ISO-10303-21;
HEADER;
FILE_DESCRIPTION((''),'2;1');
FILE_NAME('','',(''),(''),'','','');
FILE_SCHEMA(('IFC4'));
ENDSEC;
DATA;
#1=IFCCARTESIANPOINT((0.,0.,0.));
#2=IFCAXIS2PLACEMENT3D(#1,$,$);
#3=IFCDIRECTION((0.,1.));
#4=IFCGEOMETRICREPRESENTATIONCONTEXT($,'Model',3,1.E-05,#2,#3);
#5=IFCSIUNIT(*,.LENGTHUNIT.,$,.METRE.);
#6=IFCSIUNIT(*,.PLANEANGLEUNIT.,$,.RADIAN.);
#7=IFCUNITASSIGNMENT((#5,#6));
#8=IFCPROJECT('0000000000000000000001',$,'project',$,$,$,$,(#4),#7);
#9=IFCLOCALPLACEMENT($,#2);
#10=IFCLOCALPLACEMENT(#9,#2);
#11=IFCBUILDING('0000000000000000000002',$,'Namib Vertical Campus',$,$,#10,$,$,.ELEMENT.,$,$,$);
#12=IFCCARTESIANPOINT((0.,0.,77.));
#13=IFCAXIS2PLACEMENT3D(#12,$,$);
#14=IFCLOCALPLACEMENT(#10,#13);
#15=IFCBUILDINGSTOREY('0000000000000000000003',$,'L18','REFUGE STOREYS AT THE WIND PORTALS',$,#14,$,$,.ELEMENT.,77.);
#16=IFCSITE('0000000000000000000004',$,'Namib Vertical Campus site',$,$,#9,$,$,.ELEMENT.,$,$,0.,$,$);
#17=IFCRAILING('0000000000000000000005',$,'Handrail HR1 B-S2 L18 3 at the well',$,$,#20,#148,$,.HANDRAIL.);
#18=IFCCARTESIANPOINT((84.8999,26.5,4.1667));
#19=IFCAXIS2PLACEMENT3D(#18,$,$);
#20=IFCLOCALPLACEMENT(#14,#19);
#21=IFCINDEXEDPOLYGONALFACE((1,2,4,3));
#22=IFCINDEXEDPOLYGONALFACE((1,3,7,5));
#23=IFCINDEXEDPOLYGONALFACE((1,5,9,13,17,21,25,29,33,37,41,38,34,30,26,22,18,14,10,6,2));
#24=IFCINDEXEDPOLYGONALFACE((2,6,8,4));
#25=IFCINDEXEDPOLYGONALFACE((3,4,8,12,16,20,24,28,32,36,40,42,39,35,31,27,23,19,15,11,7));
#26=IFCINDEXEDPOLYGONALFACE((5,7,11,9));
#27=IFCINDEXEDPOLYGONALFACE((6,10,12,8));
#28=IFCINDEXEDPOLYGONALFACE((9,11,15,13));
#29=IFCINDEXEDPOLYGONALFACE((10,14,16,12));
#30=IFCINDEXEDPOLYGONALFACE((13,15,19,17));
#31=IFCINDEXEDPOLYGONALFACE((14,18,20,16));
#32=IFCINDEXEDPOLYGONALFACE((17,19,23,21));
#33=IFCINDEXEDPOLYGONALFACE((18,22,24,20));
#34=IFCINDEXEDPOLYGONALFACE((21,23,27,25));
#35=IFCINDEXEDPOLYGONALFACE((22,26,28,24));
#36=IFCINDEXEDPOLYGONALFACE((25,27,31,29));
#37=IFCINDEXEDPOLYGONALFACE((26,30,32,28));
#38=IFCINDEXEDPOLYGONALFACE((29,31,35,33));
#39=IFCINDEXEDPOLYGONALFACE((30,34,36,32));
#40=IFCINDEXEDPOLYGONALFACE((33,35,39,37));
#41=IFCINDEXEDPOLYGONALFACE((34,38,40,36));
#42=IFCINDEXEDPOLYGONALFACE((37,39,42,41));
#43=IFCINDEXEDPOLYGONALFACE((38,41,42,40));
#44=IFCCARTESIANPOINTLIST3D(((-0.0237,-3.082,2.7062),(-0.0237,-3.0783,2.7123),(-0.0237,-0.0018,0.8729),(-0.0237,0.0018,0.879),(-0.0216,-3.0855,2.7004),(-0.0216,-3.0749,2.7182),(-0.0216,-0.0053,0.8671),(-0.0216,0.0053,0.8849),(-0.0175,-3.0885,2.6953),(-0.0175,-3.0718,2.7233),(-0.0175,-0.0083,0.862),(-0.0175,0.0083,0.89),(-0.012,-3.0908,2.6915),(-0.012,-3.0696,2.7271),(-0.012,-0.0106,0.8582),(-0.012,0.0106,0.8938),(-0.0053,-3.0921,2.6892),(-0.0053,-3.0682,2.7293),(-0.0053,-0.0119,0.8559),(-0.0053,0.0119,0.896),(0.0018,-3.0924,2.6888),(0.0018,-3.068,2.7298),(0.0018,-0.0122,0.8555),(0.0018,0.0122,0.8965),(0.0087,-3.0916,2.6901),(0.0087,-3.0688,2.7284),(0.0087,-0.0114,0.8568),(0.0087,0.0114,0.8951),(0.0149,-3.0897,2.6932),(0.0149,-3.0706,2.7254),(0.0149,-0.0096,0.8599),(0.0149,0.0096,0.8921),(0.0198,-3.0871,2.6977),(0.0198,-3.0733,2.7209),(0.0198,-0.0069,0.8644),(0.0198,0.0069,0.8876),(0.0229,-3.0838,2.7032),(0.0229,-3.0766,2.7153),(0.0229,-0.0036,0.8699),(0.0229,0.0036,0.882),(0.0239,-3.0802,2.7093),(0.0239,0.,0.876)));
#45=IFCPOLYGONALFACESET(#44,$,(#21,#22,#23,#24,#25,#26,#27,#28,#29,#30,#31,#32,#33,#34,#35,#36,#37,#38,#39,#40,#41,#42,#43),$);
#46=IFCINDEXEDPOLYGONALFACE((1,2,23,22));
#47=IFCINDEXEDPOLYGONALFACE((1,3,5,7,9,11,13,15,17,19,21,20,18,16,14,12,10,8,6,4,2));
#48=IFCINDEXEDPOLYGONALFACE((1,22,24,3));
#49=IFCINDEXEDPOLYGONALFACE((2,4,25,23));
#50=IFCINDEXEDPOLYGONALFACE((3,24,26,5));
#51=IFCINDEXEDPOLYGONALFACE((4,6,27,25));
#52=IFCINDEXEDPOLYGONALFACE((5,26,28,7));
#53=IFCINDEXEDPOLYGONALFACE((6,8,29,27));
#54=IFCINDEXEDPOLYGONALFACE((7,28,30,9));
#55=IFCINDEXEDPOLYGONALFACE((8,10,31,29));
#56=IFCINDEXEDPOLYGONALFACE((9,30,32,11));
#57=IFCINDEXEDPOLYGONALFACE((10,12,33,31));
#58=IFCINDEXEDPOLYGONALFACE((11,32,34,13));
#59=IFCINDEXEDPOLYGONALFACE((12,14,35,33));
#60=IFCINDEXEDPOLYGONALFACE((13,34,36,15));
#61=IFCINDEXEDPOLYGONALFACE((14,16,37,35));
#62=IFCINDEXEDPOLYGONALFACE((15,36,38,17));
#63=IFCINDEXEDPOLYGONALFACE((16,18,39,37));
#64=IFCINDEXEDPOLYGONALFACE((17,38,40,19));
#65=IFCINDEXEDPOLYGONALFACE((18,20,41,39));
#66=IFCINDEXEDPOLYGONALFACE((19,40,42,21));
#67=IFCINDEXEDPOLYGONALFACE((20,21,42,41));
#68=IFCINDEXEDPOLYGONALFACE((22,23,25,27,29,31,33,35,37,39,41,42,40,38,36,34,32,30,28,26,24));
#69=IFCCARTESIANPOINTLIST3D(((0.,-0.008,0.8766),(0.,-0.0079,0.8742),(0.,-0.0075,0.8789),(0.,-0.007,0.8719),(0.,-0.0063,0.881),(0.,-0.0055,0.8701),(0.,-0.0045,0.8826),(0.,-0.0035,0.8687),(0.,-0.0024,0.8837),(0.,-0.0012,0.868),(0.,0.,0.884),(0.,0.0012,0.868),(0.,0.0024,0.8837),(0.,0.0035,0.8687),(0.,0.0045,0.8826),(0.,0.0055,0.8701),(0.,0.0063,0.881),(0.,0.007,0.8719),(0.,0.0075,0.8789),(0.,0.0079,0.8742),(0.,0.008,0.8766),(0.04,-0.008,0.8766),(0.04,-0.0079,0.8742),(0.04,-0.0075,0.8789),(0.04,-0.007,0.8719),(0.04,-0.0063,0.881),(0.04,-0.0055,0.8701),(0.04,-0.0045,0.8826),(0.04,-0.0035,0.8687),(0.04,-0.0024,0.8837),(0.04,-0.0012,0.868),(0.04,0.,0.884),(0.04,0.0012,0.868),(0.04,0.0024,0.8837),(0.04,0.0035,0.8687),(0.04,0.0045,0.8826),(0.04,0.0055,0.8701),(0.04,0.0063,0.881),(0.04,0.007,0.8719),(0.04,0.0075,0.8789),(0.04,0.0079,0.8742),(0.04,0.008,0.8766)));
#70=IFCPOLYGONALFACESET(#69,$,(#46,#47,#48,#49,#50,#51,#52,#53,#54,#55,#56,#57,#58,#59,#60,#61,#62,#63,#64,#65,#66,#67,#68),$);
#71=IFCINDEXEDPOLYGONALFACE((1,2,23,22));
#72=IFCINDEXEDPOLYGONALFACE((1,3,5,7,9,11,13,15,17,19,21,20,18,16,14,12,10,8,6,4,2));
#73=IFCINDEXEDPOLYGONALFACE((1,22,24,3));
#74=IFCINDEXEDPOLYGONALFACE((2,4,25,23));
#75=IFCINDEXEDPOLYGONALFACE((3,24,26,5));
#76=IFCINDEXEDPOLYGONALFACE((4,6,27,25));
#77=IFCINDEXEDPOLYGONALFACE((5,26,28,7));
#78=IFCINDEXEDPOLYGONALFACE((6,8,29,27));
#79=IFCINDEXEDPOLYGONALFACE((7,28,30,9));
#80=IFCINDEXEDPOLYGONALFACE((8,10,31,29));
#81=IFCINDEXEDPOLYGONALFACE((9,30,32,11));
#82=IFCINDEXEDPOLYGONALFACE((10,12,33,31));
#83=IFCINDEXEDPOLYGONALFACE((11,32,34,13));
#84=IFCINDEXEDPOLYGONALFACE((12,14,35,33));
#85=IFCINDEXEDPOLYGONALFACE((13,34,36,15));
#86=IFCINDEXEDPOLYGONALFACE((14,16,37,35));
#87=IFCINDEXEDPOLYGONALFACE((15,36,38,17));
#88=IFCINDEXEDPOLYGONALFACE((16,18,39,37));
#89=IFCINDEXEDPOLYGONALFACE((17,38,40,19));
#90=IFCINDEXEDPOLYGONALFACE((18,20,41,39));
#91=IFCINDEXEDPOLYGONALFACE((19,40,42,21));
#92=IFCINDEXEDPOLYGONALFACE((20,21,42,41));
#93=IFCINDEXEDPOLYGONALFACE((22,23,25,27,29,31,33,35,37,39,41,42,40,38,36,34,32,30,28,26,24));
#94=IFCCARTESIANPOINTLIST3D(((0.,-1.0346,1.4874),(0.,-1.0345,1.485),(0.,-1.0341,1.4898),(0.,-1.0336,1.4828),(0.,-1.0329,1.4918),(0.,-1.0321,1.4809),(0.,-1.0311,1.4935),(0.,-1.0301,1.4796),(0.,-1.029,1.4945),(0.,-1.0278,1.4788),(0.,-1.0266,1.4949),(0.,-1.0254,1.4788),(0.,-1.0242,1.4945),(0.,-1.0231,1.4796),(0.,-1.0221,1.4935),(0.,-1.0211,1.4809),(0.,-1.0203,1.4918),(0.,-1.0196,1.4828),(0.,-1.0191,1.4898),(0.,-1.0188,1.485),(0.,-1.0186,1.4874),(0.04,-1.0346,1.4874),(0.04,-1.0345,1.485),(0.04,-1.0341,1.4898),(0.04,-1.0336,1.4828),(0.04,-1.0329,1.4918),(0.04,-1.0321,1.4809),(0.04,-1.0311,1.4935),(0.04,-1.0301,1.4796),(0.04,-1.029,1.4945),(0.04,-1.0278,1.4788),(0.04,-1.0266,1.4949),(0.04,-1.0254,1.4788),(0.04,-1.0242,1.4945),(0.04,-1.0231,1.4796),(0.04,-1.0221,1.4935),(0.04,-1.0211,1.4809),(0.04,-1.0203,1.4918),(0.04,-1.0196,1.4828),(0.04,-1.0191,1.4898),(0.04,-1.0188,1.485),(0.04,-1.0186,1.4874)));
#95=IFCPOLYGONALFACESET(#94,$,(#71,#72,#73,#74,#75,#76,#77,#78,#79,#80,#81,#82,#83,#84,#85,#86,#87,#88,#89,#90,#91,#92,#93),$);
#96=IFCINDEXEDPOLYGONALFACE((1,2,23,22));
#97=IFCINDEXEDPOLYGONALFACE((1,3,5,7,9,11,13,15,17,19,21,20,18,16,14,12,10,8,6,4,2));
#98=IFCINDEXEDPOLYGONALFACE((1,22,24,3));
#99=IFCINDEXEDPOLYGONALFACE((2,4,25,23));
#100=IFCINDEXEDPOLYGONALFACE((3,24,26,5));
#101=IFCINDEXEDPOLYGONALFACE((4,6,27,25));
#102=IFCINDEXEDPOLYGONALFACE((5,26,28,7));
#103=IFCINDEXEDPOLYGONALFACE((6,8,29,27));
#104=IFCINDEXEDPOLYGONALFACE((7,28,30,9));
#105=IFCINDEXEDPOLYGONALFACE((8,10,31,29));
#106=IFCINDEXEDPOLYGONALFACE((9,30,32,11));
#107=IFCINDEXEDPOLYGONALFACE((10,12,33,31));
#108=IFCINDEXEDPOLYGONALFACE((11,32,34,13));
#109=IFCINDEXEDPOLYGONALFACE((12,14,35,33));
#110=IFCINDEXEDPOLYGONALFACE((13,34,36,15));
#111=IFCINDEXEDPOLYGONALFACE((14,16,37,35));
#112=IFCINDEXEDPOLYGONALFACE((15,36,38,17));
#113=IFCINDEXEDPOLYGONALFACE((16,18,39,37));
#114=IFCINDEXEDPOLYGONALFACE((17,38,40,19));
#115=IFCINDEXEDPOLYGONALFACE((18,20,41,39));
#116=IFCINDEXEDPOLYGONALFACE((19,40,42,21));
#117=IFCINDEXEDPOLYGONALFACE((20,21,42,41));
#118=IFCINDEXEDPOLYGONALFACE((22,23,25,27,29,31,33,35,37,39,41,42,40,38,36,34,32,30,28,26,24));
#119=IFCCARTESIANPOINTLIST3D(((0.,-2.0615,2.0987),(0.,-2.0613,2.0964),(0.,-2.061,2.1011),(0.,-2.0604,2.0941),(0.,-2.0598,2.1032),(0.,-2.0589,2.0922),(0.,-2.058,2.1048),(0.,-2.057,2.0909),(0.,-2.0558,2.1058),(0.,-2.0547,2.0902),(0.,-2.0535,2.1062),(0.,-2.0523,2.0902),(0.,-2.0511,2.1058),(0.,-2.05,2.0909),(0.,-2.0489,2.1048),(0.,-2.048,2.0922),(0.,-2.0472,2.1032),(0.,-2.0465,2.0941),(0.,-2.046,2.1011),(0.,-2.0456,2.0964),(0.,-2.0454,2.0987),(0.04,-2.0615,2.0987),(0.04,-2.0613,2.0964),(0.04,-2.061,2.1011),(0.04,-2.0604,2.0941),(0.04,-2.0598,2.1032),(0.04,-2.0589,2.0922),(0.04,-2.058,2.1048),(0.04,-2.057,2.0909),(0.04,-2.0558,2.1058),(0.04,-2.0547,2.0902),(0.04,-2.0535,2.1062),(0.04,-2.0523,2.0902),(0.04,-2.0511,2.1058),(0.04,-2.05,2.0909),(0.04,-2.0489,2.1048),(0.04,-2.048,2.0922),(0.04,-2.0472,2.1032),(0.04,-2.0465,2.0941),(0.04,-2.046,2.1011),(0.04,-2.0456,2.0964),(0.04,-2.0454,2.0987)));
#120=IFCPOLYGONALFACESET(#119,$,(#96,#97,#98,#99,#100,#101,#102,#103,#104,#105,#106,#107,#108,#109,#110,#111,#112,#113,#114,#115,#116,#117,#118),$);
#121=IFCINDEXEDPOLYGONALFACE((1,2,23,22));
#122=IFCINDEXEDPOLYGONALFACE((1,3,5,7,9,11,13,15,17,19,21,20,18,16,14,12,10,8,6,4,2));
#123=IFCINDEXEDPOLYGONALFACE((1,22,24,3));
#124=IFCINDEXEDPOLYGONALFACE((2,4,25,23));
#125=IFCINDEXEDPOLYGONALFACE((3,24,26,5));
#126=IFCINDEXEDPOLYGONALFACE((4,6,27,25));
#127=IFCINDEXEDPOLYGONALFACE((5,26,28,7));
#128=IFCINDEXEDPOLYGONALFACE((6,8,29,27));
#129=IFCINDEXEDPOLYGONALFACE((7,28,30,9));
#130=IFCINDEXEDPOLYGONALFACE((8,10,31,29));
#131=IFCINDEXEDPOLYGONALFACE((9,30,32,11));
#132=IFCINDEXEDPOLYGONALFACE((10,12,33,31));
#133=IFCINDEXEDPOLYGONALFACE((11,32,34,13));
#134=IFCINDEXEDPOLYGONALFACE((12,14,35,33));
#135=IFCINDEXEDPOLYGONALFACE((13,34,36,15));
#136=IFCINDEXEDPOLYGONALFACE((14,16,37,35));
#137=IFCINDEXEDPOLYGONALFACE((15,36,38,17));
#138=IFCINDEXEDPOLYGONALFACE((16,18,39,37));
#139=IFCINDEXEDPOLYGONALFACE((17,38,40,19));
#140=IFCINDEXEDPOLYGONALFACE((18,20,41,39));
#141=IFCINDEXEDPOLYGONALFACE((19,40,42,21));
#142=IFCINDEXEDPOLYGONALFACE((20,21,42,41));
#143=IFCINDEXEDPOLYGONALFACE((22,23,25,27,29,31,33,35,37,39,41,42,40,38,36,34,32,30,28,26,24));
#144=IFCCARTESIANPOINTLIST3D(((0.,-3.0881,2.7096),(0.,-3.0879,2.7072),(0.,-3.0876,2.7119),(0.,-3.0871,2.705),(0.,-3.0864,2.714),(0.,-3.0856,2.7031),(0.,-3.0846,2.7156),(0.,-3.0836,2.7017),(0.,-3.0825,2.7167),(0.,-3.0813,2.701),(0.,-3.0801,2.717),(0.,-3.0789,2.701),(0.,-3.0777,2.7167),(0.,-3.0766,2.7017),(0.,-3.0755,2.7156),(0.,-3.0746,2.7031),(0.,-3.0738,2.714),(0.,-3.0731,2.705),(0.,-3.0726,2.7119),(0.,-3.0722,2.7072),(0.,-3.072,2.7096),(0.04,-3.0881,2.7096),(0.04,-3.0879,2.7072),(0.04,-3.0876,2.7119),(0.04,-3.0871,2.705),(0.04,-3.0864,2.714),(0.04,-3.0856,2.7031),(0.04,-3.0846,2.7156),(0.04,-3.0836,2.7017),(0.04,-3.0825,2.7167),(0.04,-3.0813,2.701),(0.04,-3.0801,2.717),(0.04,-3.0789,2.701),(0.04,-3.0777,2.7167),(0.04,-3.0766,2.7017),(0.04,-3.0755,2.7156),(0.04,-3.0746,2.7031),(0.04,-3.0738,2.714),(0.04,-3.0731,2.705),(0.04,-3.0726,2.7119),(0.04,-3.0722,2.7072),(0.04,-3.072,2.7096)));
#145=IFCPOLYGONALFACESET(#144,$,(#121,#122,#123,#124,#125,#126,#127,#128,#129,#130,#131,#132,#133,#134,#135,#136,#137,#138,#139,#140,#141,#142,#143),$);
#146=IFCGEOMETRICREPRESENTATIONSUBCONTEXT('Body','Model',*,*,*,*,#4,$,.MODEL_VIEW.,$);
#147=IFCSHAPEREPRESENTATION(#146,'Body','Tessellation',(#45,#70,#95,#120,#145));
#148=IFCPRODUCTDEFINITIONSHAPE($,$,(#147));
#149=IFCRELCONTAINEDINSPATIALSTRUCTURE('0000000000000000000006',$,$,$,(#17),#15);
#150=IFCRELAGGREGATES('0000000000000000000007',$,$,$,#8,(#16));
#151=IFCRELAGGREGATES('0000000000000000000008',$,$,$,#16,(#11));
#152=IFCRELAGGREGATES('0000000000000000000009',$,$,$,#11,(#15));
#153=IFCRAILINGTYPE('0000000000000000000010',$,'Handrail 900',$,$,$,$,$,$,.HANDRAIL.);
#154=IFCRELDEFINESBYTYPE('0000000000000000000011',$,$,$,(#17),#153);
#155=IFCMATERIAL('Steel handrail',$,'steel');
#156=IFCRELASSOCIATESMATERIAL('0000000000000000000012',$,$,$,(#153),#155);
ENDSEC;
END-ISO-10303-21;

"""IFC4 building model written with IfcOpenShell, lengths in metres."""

from ifc_helpers import new_model, si_unit, direction, frame, origin, origin_2d, place, context, subcontext, project, spatial, circle, extrude, material, type_object, element, save


model = new_model("IFC4")

# Units and contexts
model_context = context("Model", 3, precision=1e-05, world=origin(), true_north=direction((0.0, 1.0)))
body_context = subcontext(model_context, "Body", "Model", "MODEL_VIEW")
ifc_project = project(units=[si_unit("LENGTHUNIT", "METRE"), si_unit("PLANEANGLEUNIT", "RADIAN")], contexts=[model_context])

# Site, building, storey
site_placement = place(None, origin())
site = spatial("IfcSite", under=ifc_project, at=site_placement, Name="Namib Vertical Campus site", CompositionType="ELEMENT", RefElevation=0.0)
building_placement = place(site_placement, origin())
building = spatial("IfcBuilding", under=site, at=building_placement, Name="Namib Vertical Campus", CompositionType="ELEMENT")
storey_placement = place(building_placement, frame((0.0, 0.0, 77.0)))
storey = spatial("IfcBuildingStorey", under=building, at=storey_placement, Name="L18", Description="REFUGE STOREYS AT THE WIND PORTALS", CompositionType="ELEMENT", Elevation=77.0)

# Railing
ifc_material_1 = material(Name="Steel handrail", Category="steel")
railing_type_1 = type_object("IfcRailingType", Name="Handrail 900", PredefinedType="HANDRAIL", material=ifc_material_1)
for number, where, name in (
    (1, (84.8999, 26.5, 4.1667), "Handrail HR1 B-S2 L18 3 at the well"),
):
    element("IfcRailing", number, at=place(storey_placement, frame(where)), inside=storey, type_object=railing_type_1, Name=name, PredefinedType="HANDRAIL", context=body_context, shape_type="SweptSolid", body=[
        extrude(circle(Radius=0.0239, at=origin_2d()), frame((0.0, 0.0, 0.876), z_axis=(0.0, -0.859309, 0.511458), x_axis=(1.0, 0.0, 0.0)), (0.0, 0.0, 1.0), 3.5845),
        extrude(circle(Radius=0.0081, at=origin_2d()), frame((0.0, 0.0, 0.876), z_axis=(1.0, 0.0, 0.0), x_axis=(0.0, 0.0, 1.0)), (0.0, 0.0, 1.0), 0.04),
        extrude(circle(Radius=0.0081, at=origin_2d()), frame((0.0, -1.0266, 1.4868), z_axis=(1.0, 0.0, 0.0), x_axis=(0.0, 0.0, 1.0)), (0.0, 0.0, 1.0), 0.04),
        extrude(circle(Radius=0.0081, at=origin_2d()), frame((0.0, -2.0535, 2.0981), z_axis=(1.0, 0.0, 0.0), x_axis=(0.0, 0.0, 1.0)), (0.0, 0.0, 1.0), 0.04),
        extrude(circle(Radius=0.0081, at=origin_2d()), frame((0.0, -3.0801, 2.709), z_axis=(1.0, 0.0, 0.0), x_axis=(0.0, 0.0, 1.0)), (0.0, 0.0, 1.0), 0.04),
    ])

save(model, "model.ifc")
